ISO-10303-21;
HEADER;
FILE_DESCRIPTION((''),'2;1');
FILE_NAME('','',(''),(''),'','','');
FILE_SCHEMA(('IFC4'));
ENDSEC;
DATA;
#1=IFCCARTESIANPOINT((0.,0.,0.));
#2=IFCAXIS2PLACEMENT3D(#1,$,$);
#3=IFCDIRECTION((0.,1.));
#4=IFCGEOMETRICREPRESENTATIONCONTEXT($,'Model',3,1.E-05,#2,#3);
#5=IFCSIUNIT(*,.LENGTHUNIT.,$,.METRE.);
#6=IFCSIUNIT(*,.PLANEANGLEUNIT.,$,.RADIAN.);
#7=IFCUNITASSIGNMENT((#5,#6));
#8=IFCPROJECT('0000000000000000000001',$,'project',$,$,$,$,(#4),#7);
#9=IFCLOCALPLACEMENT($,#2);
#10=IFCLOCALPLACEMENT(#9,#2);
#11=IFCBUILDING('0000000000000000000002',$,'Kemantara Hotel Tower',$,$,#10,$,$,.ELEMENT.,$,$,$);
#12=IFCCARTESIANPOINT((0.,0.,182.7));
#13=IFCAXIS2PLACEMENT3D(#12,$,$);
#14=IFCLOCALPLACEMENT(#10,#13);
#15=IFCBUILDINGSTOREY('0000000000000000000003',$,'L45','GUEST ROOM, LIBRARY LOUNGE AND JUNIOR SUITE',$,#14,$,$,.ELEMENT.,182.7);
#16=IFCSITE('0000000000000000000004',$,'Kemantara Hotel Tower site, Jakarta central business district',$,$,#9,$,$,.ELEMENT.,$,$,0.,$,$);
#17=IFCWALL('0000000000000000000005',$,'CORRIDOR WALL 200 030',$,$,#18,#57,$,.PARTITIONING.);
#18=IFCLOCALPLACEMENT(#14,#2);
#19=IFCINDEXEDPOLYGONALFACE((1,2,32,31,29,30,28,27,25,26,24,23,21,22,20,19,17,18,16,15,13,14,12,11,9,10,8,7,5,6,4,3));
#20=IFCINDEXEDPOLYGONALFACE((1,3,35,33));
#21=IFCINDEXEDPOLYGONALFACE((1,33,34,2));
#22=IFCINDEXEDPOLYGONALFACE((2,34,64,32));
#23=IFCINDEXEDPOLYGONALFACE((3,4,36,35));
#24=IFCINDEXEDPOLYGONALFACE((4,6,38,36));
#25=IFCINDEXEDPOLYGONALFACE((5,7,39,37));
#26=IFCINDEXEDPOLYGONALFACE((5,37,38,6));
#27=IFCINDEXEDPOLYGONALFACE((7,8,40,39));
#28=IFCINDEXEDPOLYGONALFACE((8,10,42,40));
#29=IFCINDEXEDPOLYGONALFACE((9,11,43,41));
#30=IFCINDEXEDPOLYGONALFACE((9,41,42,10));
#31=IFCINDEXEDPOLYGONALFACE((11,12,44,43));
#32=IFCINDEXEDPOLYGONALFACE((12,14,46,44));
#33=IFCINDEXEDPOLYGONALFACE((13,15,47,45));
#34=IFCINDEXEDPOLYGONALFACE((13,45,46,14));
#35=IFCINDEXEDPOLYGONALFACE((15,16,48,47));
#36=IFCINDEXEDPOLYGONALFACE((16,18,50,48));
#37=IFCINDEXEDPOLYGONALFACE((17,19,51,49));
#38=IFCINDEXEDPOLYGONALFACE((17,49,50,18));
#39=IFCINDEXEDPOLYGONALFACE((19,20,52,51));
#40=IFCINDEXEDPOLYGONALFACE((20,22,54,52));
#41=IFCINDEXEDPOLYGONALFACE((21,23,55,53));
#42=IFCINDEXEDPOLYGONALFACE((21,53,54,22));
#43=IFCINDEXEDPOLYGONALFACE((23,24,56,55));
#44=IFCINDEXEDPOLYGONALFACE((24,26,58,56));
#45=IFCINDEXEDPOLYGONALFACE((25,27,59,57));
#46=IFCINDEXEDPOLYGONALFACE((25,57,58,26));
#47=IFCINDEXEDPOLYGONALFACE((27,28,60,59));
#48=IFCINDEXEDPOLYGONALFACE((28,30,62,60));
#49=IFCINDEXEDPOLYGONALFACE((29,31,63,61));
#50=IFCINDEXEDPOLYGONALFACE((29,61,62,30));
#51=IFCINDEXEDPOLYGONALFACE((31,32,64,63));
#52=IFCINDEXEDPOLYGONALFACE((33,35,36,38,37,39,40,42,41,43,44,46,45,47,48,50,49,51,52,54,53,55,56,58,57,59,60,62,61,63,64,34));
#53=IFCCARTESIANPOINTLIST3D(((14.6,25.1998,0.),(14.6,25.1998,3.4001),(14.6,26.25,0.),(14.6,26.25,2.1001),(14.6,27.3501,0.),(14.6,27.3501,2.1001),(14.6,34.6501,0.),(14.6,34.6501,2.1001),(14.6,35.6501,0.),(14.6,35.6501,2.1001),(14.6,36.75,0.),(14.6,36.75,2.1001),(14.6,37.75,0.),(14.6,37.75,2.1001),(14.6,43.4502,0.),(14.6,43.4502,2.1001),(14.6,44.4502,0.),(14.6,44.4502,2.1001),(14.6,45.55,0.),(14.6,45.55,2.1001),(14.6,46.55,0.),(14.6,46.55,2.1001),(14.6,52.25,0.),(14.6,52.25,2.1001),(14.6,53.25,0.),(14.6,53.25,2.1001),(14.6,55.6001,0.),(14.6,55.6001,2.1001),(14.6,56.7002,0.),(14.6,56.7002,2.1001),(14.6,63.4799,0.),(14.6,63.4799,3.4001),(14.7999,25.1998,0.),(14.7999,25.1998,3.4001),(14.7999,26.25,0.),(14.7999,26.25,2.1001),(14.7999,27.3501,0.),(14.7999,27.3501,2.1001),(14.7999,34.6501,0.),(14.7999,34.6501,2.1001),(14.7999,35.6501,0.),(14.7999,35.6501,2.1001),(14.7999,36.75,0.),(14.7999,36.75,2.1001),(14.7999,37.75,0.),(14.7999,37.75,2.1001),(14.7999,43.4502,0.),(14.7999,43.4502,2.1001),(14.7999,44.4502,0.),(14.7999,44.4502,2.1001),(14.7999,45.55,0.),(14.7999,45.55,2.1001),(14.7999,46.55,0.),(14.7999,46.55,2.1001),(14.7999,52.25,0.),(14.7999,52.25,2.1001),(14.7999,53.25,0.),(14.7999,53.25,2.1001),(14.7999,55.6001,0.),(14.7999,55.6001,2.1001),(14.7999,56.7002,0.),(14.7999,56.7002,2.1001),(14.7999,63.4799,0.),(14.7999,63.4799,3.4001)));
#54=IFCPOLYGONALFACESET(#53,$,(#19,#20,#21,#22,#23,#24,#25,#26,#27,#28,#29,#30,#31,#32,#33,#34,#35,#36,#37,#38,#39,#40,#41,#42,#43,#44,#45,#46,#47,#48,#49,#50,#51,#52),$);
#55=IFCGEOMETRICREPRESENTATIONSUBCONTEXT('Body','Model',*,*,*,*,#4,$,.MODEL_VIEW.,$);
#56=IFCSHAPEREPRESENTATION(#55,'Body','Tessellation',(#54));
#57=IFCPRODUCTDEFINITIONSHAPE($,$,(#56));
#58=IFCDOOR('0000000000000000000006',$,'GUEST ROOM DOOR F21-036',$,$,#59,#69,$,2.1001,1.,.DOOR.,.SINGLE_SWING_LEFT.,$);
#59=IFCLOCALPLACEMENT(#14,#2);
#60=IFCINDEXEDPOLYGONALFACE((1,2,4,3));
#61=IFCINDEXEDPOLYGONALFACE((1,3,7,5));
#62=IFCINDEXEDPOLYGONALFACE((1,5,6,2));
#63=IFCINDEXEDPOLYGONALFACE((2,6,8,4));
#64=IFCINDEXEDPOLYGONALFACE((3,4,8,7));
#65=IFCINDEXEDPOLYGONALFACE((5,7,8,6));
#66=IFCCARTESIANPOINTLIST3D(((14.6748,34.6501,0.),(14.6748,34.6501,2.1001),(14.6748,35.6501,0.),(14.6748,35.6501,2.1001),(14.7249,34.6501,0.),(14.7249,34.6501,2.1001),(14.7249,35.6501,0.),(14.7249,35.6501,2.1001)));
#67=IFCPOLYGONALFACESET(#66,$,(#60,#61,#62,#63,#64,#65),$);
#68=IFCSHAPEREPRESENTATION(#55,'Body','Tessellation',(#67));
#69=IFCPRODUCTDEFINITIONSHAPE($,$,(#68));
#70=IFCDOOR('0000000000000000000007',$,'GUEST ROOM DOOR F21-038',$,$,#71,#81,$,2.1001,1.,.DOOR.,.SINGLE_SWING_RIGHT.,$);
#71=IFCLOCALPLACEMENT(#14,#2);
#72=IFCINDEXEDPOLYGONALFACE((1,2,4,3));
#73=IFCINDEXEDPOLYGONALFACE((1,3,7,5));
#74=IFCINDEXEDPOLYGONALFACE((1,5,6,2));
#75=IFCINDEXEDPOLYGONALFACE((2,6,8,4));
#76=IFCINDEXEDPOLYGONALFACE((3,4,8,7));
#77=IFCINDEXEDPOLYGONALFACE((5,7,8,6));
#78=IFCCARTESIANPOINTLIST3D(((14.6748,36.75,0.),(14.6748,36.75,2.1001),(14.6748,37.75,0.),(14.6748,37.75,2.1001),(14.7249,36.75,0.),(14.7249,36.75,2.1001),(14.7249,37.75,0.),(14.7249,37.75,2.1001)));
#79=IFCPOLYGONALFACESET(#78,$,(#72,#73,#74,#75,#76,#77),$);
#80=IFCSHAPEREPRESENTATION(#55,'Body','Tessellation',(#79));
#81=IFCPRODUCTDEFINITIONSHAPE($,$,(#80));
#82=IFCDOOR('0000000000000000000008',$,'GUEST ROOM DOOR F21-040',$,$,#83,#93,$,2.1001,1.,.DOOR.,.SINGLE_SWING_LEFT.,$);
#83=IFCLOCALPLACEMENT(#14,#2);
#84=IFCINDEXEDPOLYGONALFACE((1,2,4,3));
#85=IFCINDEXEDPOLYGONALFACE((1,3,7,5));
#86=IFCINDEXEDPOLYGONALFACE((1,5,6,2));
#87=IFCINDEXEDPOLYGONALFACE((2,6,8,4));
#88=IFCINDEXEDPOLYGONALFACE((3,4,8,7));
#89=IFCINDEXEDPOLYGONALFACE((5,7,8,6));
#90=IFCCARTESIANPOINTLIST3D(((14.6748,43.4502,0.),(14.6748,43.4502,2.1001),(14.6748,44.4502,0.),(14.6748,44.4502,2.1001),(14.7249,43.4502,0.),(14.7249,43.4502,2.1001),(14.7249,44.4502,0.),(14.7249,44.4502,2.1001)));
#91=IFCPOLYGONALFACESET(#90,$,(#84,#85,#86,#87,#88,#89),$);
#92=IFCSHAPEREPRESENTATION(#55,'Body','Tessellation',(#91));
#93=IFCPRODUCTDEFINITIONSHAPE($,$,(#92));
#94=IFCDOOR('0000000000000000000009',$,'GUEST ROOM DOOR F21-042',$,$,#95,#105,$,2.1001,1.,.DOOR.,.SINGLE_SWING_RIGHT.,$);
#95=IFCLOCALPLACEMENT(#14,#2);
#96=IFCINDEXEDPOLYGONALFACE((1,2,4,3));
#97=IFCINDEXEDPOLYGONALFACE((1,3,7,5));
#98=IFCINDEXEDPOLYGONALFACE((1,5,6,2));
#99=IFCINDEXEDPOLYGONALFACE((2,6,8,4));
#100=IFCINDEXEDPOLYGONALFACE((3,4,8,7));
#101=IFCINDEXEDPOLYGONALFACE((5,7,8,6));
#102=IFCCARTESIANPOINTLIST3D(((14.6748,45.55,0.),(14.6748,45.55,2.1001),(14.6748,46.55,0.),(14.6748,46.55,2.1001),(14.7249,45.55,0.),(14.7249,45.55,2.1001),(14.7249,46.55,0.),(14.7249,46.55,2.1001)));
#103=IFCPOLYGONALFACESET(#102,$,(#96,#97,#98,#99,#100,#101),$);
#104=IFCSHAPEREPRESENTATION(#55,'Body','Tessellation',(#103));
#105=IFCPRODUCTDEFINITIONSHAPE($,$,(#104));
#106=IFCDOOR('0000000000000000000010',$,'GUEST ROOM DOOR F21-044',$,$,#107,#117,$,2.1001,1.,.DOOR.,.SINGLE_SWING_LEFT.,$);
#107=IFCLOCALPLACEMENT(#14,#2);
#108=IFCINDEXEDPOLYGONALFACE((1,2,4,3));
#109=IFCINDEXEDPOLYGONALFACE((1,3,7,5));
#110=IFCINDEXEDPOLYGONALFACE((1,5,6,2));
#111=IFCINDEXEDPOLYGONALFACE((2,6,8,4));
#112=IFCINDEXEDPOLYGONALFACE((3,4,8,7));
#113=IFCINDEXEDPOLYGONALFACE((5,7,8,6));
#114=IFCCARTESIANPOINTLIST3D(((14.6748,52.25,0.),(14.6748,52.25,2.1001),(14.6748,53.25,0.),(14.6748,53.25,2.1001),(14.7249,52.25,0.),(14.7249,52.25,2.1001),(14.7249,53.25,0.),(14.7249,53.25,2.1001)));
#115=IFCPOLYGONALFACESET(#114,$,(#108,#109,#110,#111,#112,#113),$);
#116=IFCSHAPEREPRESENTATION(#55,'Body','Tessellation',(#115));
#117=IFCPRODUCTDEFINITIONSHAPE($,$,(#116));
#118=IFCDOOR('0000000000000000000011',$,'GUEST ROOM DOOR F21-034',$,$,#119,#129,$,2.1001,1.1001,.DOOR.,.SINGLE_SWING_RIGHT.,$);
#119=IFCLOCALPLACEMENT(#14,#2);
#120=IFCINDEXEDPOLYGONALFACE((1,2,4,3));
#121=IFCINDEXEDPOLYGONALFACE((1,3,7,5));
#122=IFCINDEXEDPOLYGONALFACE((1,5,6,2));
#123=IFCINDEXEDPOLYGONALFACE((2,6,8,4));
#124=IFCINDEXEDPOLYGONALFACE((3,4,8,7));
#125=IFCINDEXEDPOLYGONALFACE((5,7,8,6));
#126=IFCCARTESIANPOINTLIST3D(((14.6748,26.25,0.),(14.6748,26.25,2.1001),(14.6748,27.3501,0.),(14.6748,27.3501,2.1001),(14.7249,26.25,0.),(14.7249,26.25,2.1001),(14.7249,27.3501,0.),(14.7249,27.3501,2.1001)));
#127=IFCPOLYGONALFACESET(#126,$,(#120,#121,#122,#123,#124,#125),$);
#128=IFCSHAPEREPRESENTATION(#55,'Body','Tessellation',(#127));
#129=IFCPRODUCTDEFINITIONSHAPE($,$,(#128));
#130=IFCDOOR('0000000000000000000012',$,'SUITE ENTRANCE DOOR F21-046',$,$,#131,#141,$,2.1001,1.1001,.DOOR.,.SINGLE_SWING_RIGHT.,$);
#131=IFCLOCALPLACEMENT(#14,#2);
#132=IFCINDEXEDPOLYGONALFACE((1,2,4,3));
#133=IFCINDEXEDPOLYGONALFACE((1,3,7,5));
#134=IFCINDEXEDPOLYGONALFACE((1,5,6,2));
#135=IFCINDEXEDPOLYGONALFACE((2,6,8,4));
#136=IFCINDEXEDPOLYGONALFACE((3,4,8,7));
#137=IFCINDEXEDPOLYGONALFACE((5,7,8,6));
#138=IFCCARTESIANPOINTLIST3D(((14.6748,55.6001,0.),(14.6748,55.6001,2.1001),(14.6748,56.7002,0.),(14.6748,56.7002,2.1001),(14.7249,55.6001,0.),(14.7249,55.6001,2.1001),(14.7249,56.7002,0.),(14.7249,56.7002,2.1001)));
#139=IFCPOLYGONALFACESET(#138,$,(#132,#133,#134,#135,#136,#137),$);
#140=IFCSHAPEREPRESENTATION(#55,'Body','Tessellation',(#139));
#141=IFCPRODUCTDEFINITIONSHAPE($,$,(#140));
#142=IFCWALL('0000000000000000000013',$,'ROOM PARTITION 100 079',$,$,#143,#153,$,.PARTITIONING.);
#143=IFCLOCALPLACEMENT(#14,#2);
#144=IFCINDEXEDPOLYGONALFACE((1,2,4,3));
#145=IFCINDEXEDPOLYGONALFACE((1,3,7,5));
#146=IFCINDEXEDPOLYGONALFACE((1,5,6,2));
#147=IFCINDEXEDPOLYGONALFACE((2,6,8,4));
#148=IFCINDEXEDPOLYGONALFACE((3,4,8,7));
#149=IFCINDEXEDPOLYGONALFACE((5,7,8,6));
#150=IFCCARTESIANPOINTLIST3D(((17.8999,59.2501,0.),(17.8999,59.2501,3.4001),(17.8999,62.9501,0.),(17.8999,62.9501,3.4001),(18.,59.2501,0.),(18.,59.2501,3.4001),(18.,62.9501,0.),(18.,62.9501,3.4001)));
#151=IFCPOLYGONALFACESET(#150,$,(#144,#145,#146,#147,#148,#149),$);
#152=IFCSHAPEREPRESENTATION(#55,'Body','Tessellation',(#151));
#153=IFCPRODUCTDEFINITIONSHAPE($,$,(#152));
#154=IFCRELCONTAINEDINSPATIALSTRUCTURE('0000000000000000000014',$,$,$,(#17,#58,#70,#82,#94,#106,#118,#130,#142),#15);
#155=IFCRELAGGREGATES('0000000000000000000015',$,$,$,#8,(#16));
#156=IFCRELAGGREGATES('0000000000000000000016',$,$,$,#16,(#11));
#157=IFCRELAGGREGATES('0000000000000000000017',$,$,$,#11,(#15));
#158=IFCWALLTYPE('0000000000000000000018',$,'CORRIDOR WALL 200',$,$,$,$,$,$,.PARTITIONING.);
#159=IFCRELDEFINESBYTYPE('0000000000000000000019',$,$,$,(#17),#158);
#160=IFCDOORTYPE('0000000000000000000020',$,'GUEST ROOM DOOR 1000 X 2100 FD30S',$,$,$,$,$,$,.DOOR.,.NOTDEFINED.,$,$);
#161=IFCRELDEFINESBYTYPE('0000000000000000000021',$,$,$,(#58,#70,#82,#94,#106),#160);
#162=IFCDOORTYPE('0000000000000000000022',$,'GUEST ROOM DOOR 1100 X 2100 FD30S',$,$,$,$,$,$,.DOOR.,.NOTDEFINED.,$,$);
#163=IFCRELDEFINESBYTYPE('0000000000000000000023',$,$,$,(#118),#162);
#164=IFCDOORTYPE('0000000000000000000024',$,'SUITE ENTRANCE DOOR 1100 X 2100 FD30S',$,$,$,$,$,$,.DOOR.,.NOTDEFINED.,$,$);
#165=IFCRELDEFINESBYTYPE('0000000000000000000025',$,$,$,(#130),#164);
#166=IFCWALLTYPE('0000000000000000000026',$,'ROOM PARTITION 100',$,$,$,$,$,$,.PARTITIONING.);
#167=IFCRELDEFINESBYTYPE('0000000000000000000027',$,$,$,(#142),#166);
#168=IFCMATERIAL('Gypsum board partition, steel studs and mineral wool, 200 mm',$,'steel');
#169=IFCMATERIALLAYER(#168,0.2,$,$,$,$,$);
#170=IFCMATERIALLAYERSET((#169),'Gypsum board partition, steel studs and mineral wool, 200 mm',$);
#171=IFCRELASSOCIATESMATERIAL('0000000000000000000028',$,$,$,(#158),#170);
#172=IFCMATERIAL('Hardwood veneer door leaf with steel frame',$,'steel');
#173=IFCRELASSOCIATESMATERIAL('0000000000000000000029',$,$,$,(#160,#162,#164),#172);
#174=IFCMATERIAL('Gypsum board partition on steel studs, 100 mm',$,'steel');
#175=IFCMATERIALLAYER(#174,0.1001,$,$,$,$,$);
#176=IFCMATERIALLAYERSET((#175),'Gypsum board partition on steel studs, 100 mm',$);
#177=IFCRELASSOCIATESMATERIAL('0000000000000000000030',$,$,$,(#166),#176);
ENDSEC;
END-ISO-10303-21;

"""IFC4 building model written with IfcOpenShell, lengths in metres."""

from ifc_helpers import new_model, si_unit, direction, frame, frame_2d, origin, place, context, subcontext, project, spatial, rectangle, extrude, material, layer, layer_set, type_object, element, fill, save


model = new_model("IFC4")

# Units and contexts
model_context = context("Model", 3, precision=1e-05, world=origin(), true_north=direction((0.0, 1.0)))
body_context = subcontext(model_context, "Body", "Model", "MODEL_VIEW")
ifc_project = project(units=[si_unit("LENGTHUNIT", "METRE"), si_unit("PLANEANGLEUNIT", "RADIAN")], contexts=[model_context])

# Site, building, storey
site_placement = place(None, origin())
site = spatial("IfcSite", under=ifc_project, at=site_placement, Name="Kemantara Hotel Tower site, Jakarta central business district", CompositionType="ELEMENT", RefElevation=0.0)
building_placement = place(site_placement, origin())
building = spatial("IfcBuilding", under=site, at=building_placement, Name="Kemantara Hotel Tower", CompositionType="ELEMENT")
storey_placement = place(building_placement, frame((0.0, 0.0, 182.7)))
storey = spatial("IfcBuildingStorey", under=building, at=storey_placement, Name="L45", Description="GUEST ROOM, LIBRARY LOUNGE AND JUNIOR SUITE", CompositionType="ELEMENT", Elevation=182.7)

# Wall, openings, doors
ifc_material_1 = material(Name="Gypsum board partition, steel studs and mineral wool, 200 mm", Category="steel")
ifc_layer_1 = layer(ifc_material_1, 0.2)
ifc_layer_set_1 = layer_set([ifc_layer_1], Name="Gypsum board partition, steel studs and mineral wool, 200 mm")
wall_type_1 = type_object("IfcWallType", Name="CORRIDOR WALL 200", PredefinedType="PARTITIONING", material=ifc_layer_set_1)
wall_1_placement = place(storey_placement, frame((14.7, 63.48, 0.0), z_axis=(0.0, 0.0, 1.0), x_axis=(0.0, -1.0, 0.0)))
wall_1 = element("IfcWall", 1, at=wall_1_placement, inside=storey, type_object=wall_type_1, Name="CORRIDOR WALL 200 030", PredefinedType="PARTITIONING", context=body_context, shape_type="SweptSolid", body=[
    extrude(rectangle(XDim=38.28, YDim=0.2, at=frame_2d((19.1401, 0.0))), origin(), (0.0, 0.0, 1.0), 3.4001),
])
opening_1_placement = place(wall_1_placement, frame((36.1299, 0.0, 0.0)))
opening_1 = element("IfcOpeningElement", 2, at=opening_1_placement, cuts=wall_1, PredefinedType="OPENING", context=body_context, shape_type="SweptSolid", body=[
    extrude(rectangle(XDim=1.1001, YDim=2.1001, at=frame_2d((0.55, 1.05))), frame((0.0, 0.1099, 0.0), z_axis=(0.0, -1.0, 0.0), x_axis=(1.0, 0.0, 0.0)), (0.0, 0.0, 1.0), 0.22),
])
opening_2_placement = place(wall_1_placement, frame((27.8298, 0.0, 0.0)))
opening_2 = element("IfcOpeningElement", 3, at=opening_2_placement, cuts=wall_1, PredefinedType="OPENING", context=body_context, shape_type="SweptSolid", body=[
    extrude(rectangle(XDim=1.0, YDim=2.1001, at=frame_2d((0.5, 1.05))), frame((0.0, 0.1099, 0.0), z_axis=(0.0, -1.0, 0.0), x_axis=(1.0, 0.0, 0.0)), (0.0, 0.0, 1.0), 0.22),
])
opening_3_placement = place(wall_1_placement, frame((25.73, 0.0, 0.0)))
opening_3 = element("IfcOpeningElement", 4, at=opening_3_placement, cuts=wall_1, PredefinedType="OPENING", context=body_context, shape_type="SweptSolid", body=[
    extrude(rectangle(XDim=1.0, YDim=2.1001, at=frame_2d((0.5, 1.05))), frame((0.0, 0.1099, 0.0), z_axis=(0.0, -1.0, 0.0), x_axis=(1.0, 0.0, 0.0)), (0.0, 0.0, 1.0), 0.22),
])
opening_4_placement = place(wall_1_placement, frame((19.0298, 0.0, 0.0)))
opening_4 = element("IfcOpeningElement", 5, at=opening_4_placement, cuts=wall_1, PredefinedType="OPENING", context=body_context, shape_type="SweptSolid", body=[
    extrude(rectangle(XDim=1.0, YDim=2.1001, at=frame_2d((0.5, 1.05))), frame((0.0, 0.1099, 0.0), z_axis=(0.0, -1.0, 0.0), x_axis=(1.0, 0.0, 0.0)), (0.0, 0.0, 1.0), 0.22),
])
opening_5_placement = place(wall_1_placement, frame((16.9299, 0.0, 0.0)))
opening_5 = element("IfcOpeningElement", 6, at=opening_5_placement, cuts=wall_1, PredefinedType="OPENING", context=body_context, shape_type="SweptSolid", body=[
    extrude(rectangle(XDim=1.0, YDim=2.1001, at=frame_2d((0.5, 1.05))), frame((0.0, 0.1099, 0.0), z_axis=(0.0, -1.0, 0.0), x_axis=(1.0, 0.0, 0.0)), (0.0, 0.0, 1.0), 0.22),
])
opening_6_placement = place(wall_1_placement, frame((10.23, 0.0, 0.0)))
opening_6 = element("IfcOpeningElement", 7, at=opening_6_placement, cuts=wall_1, PredefinedType="OPENING", context=body_context, shape_type="SweptSolid", body=[
    extrude(rectangle(XDim=1.0, YDim=2.1001, at=frame_2d((0.5, 1.05))), frame((0.0, 0.1099, 0.0), z_axis=(0.0, -1.0, 0.0), x_axis=(1.0, 0.0, 0.0)), (0.0, 0.0, 1.0), 0.22),
])
opening_7_placement = place(wall_1_placement, frame((6.7798, 0.0, 0.0)))
opening_7 = element("IfcOpeningElement", 8, at=opening_7_placement, cuts=wall_1, PredefinedType="OPENING", context=body_context, shape_type="SweptSolid", body=[
    extrude(rectangle(XDim=1.1001, YDim=2.1001, at=frame_2d((0.55, 1.05))), frame((0.0, 0.1099, 0.0), z_axis=(0.0, -1.0, 0.0), x_axis=(1.0, 0.0, 0.0)), (0.0, 0.0, 1.0), 0.22),
])
ifc_material_2 = material(Name="Hardwood veneer door leaf with steel frame", Category="steel")
door_type_1 = type_object("IfcDoorType", Name="GUEST ROOM DOOR 1000 X 2100 FD30S", OperationType="NOTDEFINED", PredefinedType="DOOR", material=ifc_material_2)
door_1_placement = place(opening_2_placement, origin())
door_1 = element("IfcDoor", 9, at=door_1_placement, inside=storey, type_object=door_type_1, Name="GUEST ROOM DOOR F21-036", OperationType="SINGLE_SWING_LEFT", OverallHeight=2.1001, OverallWidth=1.0, PredefinedType="DOOR", context=body_context, shape_type="SweptSolid", body=[
    extrude(rectangle(XDim=1.0, YDim=2.1001, at=frame_2d((0.5, 1.05))), frame((0.0, 0.0249, 0.0), z_axis=(0.0, -1.0, 0.0), x_axis=(1.0, 0.0, 0.0)), (0.0, 0.0, 1.0), 0.05),
])
fill(opening_2, door_1)
door_2_placement = place(opening_3_placement, origin())
door_2 = element("IfcDoor", 10, at=door_2_placement, inside=storey, type_object=door_type_1, Name="GUEST ROOM DOOR F21-038", OperationType="SINGLE_SWING_RIGHT", OverallHeight=2.1001, OverallWidth=1.0, PredefinedType="DOOR", context=body_context, shape_type="SweptSolid", body=[
    extrude(rectangle(XDim=1.0, YDim=2.1001, at=frame_2d((0.5, 1.05))), frame((0.0, 0.0249, 0.0), z_axis=(0.0, -1.0, 0.0), x_axis=(1.0, 0.0, 0.0)), (0.0, 0.0, 1.0), 0.05),
])
fill(opening_3, door_2)
door_3_placement = place(opening_4_placement, origin())
door_3 = element("IfcDoor", 11, at=door_3_placement, inside=storey, type_object=door_type_1, Name="GUEST ROOM DOOR F21-040", OperationType="SINGLE_SWING_LEFT", OverallHeight=2.1001, OverallWidth=1.0, PredefinedType="DOOR", context=body_context, shape_type="SweptSolid", body=[
    extrude(rectangle(XDim=1.0, YDim=2.1001, at=frame_2d((0.5, 1.05))), frame((0.0, 0.0249, 0.0), z_axis=(0.0, -1.0, 0.0), x_axis=(1.0, 0.0, 0.0)), (0.0, 0.0, 1.0), 0.05),
])
fill(opening_4, door_3)
door_4_placement = place(opening_5_placement, origin())
door_4 = element("IfcDoor", 12, at=door_4_placement, inside=storey, type_object=door_type_1, Name="GUEST ROOM DOOR F21-042", OperationType="SINGLE_SWING_RIGHT", OverallHeight=2.1001, OverallWidth=1.0, PredefinedType="DOOR", context=body_context, shape_type="SweptSolid", body=[
    extrude(rectangle(XDim=1.0, YDim=2.1001, at=frame_2d((0.5, 1.05))), frame((0.0, 0.0249, 0.0), z_axis=(0.0, -1.0, 0.0), x_axis=(1.0, 0.0, 0.0)), (0.0, 0.0, 1.0), 0.05),
])
fill(opening_5, door_4)
door_5_placement = place(opening_6_placement, origin())
door_5 = element("IfcDoor", 13, at=door_5_placement, inside=storey, type_object=door_type_1, Name="GUEST ROOM DOOR F21-044", OperationType="SINGLE_SWING_LEFT", OverallHeight=2.1001, OverallWidth=1.0, PredefinedType="DOOR", context=body_context, shape_type="SweptSolid", body=[
    extrude(rectangle(XDim=1.0, YDim=2.1001, at=frame_2d((0.5, 1.05))), frame((0.0, 0.0249, 0.0), z_axis=(0.0, -1.0, 0.0), x_axis=(1.0, 0.0, 0.0)), (0.0, 0.0, 1.0), 0.05),
])
fill(opening_6, door_5)
door_type_2 = type_object("IfcDoorType", Name="GUEST ROOM DOOR 1100 X 2100 FD30S", OperationType="NOTDEFINED", PredefinedType="DOOR", material=ifc_material_2)
door_6_placement = place(opening_1_placement, origin())
door_6 = element("IfcDoor", 14, at=door_6_placement, inside=storey, type_object=door_type_2, Name="GUEST ROOM DOOR F21-034", OperationType="SINGLE_SWING_RIGHT", OverallHeight=2.1001, OverallWidth=1.1001, PredefinedType="DOOR", context=body_context, shape_type="SweptSolid", body=[
    extrude(rectangle(XDim=1.1001, YDim=2.1001, at=frame_2d((0.55, 1.05))), frame((0.0, 0.0249, 0.0), z_axis=(0.0, -1.0, 0.0), x_axis=(1.0, 0.0, 0.0)), (0.0, 0.0, 1.0), 0.05),
])
fill(opening_1, door_6)
door_type_3 = type_object("IfcDoorType", Name="SUITE ENTRANCE DOOR 1100 X 2100 FD30S", OperationType="NOTDEFINED", PredefinedType="DOOR", material=ifc_material_2)
door_7_placement = place(opening_7_placement, origin())
door_7 = element("IfcDoor", 15, at=door_7_placement, inside=storey, type_object=door_type_3, Name="SUITE ENTRANCE DOOR F21-046", OperationType="SINGLE_SWING_RIGHT", OverallHeight=2.1001, OverallWidth=1.1001, PredefinedType="DOOR", context=body_context, shape_type="SweptSolid", body=[
    extrude(rectangle(XDim=1.1001, YDim=2.1001, at=frame_2d((0.55, 1.05))), frame((0.0, 0.0249, 0.0), z_axis=(0.0, -1.0, 0.0), x_axis=(1.0, 0.0, 0.0)), (0.0, 0.0, 1.0), 0.05),
])
fill(opening_7, door_7)

# Wall
ifc_material_3 = material(Name="Gypsum board partition on steel studs, 100 mm", Category="steel")
ifc_layer_2 = layer(ifc_material_3, 0.1001)
ifc_layer_set_2 = layer_set([ifc_layer_2], Name="Gypsum board partition on steel studs, 100 mm")
wall_type_2 = type_object("IfcWallType", Name="ROOM PARTITION 100", PredefinedType="PARTITIONING", material=ifc_layer_set_2)
wall_2_placement = place(storey_placement, frame((17.95, 59.25, 0.0), z_axis=(0.0, 0.0, 1.0), x_axis=(0.0, 1.0, 0.0)))
element("IfcWall", 16, at=wall_2_placement, inside=storey, type_object=wall_type_2, Name="ROOM PARTITION 100 079", PredefinedType="PARTITIONING", context=body_context, shape_type="SweptSolid", body=[
    extrude(rectangle(XDim=3.7, YDim=0.1001, at=frame_2d((1.8501, 0.0))), origin(), (0.0, 0.0, 1.0), 3.4001),
])

save(model, "model.ifc")
